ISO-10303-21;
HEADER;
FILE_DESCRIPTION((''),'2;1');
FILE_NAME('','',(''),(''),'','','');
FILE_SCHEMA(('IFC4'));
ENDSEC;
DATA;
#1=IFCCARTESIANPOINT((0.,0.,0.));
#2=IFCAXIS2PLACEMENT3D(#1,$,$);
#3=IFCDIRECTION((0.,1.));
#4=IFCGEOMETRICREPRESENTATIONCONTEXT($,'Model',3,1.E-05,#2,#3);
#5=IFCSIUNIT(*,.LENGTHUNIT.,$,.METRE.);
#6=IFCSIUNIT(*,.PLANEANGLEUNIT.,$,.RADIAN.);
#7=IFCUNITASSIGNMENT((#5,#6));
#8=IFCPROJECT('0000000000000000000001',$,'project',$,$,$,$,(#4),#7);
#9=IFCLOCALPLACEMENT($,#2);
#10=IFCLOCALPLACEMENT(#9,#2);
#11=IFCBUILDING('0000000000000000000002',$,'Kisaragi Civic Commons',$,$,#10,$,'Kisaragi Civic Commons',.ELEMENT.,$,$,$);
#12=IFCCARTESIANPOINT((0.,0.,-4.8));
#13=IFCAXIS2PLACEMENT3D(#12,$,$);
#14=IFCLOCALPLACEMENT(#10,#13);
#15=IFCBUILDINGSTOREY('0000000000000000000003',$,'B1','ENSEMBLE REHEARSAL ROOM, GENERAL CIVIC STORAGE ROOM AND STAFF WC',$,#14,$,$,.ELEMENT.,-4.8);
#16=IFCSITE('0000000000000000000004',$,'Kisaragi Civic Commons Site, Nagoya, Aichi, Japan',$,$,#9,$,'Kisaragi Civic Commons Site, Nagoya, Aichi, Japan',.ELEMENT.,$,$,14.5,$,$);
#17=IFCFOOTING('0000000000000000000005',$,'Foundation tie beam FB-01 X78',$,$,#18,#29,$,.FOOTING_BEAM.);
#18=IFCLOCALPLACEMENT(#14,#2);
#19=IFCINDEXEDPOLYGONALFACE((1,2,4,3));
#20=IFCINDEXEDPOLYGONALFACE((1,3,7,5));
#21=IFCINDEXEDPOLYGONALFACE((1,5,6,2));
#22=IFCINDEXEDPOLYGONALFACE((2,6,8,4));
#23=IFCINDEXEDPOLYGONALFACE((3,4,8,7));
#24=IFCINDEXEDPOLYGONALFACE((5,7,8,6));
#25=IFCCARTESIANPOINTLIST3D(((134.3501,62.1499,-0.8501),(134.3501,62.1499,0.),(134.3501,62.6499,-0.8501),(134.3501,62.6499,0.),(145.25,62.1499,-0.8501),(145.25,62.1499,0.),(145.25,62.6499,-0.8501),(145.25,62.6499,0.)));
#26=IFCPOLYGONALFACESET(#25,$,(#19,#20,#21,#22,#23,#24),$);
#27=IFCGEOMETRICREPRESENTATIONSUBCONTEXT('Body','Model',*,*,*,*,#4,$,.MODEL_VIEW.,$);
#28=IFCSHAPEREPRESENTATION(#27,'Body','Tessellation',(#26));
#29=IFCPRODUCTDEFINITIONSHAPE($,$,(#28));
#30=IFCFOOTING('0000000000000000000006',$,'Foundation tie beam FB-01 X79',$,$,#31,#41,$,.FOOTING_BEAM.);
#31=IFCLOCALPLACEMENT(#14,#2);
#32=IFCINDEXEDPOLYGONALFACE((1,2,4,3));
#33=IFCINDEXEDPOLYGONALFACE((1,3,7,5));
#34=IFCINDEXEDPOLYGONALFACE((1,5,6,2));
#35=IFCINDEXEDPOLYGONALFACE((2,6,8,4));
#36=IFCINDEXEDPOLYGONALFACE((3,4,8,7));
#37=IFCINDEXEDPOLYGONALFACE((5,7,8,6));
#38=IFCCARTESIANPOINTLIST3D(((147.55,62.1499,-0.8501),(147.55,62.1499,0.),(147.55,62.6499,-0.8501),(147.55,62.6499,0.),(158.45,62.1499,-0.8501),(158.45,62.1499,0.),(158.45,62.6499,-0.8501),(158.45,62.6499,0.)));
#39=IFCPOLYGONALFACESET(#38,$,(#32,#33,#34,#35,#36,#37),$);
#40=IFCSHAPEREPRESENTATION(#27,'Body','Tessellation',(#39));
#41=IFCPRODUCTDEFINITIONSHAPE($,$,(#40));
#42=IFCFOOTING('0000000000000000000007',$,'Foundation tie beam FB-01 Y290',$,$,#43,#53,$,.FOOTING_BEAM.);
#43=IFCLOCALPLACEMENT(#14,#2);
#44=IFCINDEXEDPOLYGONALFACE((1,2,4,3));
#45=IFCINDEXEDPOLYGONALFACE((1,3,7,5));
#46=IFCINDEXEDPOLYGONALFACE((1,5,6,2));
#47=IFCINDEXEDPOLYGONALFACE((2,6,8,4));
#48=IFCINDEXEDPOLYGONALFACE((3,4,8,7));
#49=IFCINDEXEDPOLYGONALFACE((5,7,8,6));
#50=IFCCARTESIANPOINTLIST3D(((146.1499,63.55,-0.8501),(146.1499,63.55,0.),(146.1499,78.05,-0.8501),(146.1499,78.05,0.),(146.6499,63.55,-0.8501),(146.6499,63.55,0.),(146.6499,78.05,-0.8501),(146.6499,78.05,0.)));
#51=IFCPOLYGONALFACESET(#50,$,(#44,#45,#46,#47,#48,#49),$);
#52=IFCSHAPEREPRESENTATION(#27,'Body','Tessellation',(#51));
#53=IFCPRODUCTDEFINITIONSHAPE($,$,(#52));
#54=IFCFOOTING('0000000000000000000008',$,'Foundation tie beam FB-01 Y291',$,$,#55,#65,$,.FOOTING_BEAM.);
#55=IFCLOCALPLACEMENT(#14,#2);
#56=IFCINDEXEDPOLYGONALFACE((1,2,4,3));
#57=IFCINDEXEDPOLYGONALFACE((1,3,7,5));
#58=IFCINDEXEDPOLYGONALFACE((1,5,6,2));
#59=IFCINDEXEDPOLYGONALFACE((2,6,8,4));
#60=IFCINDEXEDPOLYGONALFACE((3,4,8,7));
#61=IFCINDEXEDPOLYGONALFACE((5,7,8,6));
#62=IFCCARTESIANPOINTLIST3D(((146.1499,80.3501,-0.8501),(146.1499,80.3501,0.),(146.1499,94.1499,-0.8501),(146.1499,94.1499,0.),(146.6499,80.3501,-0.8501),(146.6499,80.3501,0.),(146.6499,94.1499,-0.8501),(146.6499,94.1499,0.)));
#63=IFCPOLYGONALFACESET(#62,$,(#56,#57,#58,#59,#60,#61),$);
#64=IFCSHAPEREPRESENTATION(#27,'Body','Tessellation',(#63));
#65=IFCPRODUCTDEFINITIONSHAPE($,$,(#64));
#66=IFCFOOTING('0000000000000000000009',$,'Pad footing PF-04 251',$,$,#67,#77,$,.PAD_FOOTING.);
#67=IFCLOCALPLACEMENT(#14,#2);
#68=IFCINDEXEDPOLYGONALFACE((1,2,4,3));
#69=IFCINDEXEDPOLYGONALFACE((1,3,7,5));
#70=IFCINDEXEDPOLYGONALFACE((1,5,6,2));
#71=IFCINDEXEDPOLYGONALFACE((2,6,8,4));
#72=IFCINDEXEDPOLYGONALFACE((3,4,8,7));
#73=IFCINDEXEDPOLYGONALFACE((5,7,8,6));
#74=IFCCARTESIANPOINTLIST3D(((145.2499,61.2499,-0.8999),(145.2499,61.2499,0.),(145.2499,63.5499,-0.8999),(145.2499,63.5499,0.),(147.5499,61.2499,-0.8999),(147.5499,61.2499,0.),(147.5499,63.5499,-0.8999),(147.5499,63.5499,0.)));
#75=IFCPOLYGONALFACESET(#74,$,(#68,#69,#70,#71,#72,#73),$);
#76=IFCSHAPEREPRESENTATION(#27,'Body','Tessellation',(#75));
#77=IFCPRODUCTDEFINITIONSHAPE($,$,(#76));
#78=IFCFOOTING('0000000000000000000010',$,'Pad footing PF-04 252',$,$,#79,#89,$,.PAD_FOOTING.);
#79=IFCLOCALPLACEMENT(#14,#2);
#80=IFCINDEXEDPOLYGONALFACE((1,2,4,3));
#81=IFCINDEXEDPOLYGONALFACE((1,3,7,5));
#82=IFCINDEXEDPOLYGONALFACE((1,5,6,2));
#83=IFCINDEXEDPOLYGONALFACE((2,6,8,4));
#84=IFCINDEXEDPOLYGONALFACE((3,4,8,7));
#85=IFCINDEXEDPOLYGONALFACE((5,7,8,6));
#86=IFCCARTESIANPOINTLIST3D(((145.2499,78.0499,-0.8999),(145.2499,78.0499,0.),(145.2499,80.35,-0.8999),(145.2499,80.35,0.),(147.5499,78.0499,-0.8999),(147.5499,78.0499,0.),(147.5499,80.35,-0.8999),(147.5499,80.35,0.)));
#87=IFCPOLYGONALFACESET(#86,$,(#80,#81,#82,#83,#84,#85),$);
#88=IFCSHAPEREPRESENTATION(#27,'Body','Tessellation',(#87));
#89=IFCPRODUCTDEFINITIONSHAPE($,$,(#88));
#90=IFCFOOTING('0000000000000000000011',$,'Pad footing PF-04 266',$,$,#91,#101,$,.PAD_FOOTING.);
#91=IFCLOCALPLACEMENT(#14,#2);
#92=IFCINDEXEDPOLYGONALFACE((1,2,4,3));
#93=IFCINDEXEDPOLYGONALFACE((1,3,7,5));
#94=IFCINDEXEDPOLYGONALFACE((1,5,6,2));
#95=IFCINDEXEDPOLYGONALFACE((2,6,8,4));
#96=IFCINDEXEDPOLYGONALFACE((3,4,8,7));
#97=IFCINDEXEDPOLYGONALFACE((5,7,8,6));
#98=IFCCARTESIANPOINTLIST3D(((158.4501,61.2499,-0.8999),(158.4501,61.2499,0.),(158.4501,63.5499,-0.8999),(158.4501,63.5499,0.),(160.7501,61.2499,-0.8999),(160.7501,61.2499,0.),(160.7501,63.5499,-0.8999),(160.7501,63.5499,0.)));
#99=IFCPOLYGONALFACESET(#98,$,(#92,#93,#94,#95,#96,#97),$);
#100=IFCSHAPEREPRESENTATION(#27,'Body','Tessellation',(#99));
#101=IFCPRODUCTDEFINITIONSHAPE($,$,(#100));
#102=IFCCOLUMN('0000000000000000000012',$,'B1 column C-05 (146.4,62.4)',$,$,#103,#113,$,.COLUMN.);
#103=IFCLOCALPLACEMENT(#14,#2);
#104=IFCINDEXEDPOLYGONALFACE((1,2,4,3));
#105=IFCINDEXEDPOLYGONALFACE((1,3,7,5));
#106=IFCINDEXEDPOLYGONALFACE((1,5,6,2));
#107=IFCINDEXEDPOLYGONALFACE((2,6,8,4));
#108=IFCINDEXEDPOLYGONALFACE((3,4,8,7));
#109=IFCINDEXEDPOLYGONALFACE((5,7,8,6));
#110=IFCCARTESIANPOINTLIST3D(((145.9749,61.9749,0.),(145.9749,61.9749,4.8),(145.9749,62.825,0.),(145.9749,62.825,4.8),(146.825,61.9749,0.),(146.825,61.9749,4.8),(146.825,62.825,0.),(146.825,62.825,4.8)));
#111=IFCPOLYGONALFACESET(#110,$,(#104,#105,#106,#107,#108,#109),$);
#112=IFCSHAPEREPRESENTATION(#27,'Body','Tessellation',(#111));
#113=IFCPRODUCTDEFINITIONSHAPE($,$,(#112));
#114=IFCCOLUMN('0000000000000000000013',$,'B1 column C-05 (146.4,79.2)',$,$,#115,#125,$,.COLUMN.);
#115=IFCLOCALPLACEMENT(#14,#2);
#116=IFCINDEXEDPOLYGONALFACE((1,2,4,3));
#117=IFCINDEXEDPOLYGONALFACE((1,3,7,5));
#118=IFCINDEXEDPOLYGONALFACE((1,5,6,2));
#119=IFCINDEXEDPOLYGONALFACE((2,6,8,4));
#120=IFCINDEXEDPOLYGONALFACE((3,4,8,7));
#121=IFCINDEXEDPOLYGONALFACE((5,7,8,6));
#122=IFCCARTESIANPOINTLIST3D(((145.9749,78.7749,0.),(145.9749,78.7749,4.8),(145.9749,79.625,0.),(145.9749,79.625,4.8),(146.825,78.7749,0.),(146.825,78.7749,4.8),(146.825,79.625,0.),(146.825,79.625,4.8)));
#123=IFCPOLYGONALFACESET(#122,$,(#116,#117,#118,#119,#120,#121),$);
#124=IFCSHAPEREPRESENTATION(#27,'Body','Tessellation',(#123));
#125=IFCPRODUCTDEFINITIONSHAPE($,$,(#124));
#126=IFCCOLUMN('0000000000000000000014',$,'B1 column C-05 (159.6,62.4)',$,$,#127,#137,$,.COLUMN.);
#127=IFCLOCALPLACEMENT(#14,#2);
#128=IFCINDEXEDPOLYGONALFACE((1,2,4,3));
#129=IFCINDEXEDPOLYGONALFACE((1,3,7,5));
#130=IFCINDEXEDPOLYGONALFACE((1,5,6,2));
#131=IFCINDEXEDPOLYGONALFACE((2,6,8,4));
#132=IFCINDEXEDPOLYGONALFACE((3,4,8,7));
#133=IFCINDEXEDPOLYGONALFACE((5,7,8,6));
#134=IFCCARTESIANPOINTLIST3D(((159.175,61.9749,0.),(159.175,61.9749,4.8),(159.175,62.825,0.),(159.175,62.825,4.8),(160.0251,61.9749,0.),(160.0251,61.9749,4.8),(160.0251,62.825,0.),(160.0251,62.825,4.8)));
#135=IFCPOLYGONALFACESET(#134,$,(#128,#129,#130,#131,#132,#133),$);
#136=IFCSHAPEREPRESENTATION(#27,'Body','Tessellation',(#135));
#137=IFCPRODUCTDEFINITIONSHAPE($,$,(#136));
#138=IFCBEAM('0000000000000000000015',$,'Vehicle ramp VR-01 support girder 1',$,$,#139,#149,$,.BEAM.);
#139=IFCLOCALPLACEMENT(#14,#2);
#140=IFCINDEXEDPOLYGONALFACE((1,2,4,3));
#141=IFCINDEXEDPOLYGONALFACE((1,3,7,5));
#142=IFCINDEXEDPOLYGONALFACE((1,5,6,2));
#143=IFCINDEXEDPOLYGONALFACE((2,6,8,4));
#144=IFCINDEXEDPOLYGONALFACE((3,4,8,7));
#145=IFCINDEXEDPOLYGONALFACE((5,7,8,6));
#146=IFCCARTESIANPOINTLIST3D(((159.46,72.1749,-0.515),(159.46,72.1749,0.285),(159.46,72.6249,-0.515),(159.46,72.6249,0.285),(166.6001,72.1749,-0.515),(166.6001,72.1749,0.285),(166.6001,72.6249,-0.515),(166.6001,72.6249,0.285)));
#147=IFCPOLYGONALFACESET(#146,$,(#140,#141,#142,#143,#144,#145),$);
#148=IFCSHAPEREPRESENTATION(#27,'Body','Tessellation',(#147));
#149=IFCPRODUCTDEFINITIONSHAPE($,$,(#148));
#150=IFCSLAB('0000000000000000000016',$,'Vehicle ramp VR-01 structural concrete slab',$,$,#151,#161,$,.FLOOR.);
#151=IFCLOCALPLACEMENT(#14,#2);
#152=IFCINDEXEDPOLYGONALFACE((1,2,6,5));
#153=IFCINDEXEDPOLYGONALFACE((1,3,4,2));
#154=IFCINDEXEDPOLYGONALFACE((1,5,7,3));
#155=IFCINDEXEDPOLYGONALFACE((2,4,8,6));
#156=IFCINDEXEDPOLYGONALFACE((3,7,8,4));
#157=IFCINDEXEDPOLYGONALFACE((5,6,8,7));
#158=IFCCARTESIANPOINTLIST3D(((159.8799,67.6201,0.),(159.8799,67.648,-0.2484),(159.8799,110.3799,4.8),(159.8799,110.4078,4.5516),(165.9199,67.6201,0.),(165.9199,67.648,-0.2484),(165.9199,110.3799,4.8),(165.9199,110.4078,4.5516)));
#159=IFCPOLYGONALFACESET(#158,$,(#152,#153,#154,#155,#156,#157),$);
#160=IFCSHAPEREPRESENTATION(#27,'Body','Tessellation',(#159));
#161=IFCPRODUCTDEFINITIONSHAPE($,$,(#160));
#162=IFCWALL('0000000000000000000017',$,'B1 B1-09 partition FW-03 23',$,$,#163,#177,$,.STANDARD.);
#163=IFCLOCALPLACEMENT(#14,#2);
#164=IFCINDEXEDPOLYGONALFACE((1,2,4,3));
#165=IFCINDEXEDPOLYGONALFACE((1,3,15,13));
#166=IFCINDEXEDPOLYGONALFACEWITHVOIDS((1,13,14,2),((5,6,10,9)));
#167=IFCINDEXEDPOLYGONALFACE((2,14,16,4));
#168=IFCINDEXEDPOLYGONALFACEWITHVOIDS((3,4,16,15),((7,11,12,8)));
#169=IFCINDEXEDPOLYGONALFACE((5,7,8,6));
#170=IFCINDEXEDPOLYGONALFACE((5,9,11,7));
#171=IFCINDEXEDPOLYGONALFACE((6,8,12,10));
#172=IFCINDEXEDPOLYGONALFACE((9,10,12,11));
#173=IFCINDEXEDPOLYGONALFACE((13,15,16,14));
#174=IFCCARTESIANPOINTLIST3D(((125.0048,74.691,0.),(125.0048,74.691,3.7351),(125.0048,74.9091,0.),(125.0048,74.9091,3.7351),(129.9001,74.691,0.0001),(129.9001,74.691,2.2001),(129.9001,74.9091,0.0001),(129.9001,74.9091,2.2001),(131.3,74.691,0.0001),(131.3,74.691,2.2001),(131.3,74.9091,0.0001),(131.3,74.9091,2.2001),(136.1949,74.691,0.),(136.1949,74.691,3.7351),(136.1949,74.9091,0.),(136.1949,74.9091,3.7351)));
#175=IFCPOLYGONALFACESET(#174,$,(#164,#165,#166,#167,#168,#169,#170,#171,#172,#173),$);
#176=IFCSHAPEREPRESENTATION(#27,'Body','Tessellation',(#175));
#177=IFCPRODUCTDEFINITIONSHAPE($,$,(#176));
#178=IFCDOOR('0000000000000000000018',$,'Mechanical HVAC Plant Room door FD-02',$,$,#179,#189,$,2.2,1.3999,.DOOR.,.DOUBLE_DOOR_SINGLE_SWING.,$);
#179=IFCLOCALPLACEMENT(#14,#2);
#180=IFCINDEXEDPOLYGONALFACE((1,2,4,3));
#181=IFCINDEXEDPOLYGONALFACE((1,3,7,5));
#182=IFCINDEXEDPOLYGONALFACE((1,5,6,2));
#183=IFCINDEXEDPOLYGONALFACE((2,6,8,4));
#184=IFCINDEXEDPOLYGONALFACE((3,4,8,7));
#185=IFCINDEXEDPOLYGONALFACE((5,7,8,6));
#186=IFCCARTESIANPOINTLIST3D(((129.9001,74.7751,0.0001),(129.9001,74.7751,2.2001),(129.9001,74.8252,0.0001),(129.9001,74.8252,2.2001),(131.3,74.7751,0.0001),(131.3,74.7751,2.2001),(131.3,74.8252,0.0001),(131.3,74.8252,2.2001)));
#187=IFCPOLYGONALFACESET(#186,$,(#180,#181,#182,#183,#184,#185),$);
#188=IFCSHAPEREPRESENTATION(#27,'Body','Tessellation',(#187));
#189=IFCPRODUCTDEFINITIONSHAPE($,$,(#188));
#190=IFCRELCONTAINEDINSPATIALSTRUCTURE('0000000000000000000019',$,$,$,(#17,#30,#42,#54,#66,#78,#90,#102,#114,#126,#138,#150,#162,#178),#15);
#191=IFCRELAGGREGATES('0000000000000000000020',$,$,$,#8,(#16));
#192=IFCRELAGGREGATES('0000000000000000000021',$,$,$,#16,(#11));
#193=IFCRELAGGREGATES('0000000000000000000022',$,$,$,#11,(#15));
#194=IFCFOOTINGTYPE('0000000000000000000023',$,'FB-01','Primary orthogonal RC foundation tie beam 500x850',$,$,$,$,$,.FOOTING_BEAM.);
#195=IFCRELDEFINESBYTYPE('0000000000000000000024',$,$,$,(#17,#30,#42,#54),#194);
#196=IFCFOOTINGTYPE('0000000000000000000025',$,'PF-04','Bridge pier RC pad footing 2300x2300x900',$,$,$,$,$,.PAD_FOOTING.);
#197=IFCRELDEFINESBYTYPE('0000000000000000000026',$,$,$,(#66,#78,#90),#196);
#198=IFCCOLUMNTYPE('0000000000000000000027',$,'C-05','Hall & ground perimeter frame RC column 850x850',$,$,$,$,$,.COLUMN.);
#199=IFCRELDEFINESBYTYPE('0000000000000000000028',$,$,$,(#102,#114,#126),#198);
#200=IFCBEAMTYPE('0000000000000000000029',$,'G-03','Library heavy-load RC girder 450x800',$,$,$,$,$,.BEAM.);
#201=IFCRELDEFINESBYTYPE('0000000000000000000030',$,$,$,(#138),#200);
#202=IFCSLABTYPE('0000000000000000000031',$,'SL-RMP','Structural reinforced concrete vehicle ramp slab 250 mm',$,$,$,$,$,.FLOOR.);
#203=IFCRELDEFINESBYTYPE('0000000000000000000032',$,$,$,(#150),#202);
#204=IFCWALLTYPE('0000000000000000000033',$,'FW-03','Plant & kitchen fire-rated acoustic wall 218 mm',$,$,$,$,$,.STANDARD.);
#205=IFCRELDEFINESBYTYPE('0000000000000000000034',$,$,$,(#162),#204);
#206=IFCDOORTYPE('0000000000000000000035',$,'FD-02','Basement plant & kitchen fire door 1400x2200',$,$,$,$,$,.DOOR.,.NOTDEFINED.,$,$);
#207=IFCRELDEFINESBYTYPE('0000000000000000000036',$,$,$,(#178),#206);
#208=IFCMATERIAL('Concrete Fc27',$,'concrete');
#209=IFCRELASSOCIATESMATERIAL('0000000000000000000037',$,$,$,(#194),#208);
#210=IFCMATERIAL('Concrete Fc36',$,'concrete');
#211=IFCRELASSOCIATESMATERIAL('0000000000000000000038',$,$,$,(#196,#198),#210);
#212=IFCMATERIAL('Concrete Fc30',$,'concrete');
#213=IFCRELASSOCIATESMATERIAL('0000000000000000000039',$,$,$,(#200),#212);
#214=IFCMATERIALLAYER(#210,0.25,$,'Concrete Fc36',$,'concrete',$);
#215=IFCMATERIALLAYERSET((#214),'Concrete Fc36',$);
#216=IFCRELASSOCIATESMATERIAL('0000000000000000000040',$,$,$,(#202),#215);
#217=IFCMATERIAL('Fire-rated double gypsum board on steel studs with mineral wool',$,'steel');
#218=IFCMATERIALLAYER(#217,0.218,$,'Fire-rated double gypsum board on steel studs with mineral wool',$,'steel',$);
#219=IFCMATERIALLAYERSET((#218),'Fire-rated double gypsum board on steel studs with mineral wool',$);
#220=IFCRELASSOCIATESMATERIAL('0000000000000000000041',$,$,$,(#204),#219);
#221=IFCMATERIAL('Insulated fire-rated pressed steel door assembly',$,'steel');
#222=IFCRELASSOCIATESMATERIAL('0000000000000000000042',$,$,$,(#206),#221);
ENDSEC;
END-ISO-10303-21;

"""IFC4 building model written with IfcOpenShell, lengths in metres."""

from ifc_helpers import new_model, si_unit, direction, frame, frame_2d, origin, origin_2d, place, context, subcontext, project, spatial, polyline, rectangle, outline, extrude, material, layer, layer_set, material_profile, profile_set, type_object, element, fill, save


model = new_model("IFC4")

# Units and contexts
model_context = context("Model", 3, precision=1e-05, world=origin(), true_north=direction((0.0, 1.0)))
body_context = subcontext(model_context, "Body", "Model", "MODEL_VIEW")
ifc_project = project(units=[si_unit("LENGTHUNIT", "METRE"), si_unit("PLANEANGLEUNIT", "RADIAN")], contexts=[model_context])

# Site, building, storey
site_placement = place(None, origin())
site = spatial("IfcSite", under=ifc_project, at=site_placement, Name="Kisaragi Civic Commons Site, Nagoya, Aichi, Japan", LongName="Kisaragi Civic Commons Site, Nagoya, Aichi, Japan", CompositionType="ELEMENT", RefElevation=14.5)
building_placement = place(site_placement, origin())
building = spatial("IfcBuilding", under=site, at=building_placement, Name="Kisaragi Civic Commons", LongName="Kisaragi Civic Commons", CompositionType="ELEMENT")
storey_placement = place(building_placement, frame((0.0, 0.0, -4.8)))
storey = spatial("IfcBuildingStorey", under=building, at=storey_placement, Name="B1", Description="ENSEMBLE REHEARSAL ROOM, GENERAL CIVIC STORAGE ROOM AND STAFF WC", CompositionType="ELEMENT", Elevation=-4.8)

# Footings
ifc_material_1 = material(Name="Concrete Fc27", Category="concrete")
ifc_material_profile_1 = material_profile(ifc_material_1, rectangle(XDim=0.5, YDim=0.8501, at=origin_2d()), Name="RC-500x850", Category="concrete")
ifc_profile_set_1 = profile_set([ifc_material_profile_1], Name="Concrete Fc27")
footing_type_1 = type_object("IfcFootingType", Name="FB-01", Description="Primary orthogonal RC foundation tie beam 500x850", PredefinedType="FOOTING_BEAM", material=ifc_profile_set_1)
for number, where, z_axis, x_axis, name in (
    (1, (134.3501, 62.3999, -0.425), (1.0, 0.0, 0.0), (0.0, 1.0, 0.0), "Foundation tie beam FB-01 X78"),
    (2, (147.55, 62.3999, -0.425), (1.0, 0.0, 0.0), (0.0, 1.0, 0.0), "Foundation tie beam FB-01 X79"),
):
    element("IfcFooting", number, at=place(storey_placement, frame(where, z_axis=z_axis, x_axis=x_axis)), inside=storey, type_object=footing_type_1, Name=name, PredefinedType="FOOTING_BEAM", context=body_context, shape_type="SweptSolid", body=[
        extrude(rectangle(XDim=0.5, YDim=0.8501, at=origin_2d()), origin(), (0.0, 0.0, 1.0), 10.8999),
    ])
footing_1_placement = place(storey_placement, frame((146.3999, 63.55, -0.425), z_axis=(0.0, 1.0, 0.0), x_axis=(-1.0, 0.0, 0.0)))
element("IfcFooting", 3, at=footing_1_placement, inside=storey, type_object=footing_type_1, Name="Foundation tie beam FB-01 Y290", PredefinedType="FOOTING_BEAM", context=body_context, shape_type="SweptSolid", body=[
    extrude(rectangle(XDim=0.5, YDim=0.8501, at=origin_2d()), origin(), (0.0, 0.0, 1.0), 14.5),
])
footing_2_placement = place(storey_placement, frame((146.3999, 80.3501, -0.425), z_axis=(0.0, 1.0, 0.0), x_axis=(-1.0, 0.0, 0.0)))
element("IfcFooting", 4, at=footing_2_placement, inside=storey, type_object=footing_type_1, Name="Foundation tie beam FB-01 Y291", PredefinedType="FOOTING_BEAM", context=body_context, shape_type="SweptSolid", body=[
    extrude(rectangle(XDim=0.5, YDim=0.8501, at=origin_2d()), origin(), (0.0, 0.0, 1.0), 13.7998),
])
ifc_material_2 = material(Name="Concrete Fc36", Category="concrete")
footing_type_2 = type_object("IfcFootingType", Name="PF-04", Description="Bridge pier RC pad footing 2300x2300x900", PredefinedType="PAD_FOOTING", material=ifc_material_2)
for number, where, z_axis, x_axis, name in (
    (5, (146.3999, 62.3999, -0.8999), (0.0, 0.0, 1.0), (1.0, 0.0, 0.0), "Pad footing PF-04 251"),
    (6, (146.3999, 79.2, -0.8999), (0.0, 0.0, 1.0), (1.0, 0.0, 0.0), "Pad footing PF-04 252"),
    (7, (159.6001, 62.3999, -0.8999), (0.0, 0.0, 1.0), (1.0, 0.0, 0.0), "Pad footing PF-04 266"),
):
    element("IfcFooting", number, at=place(storey_placement, frame(where, z_axis=z_axis, x_axis=x_axis)), inside=storey, type_object=footing_type_2, Name=name, PredefinedType="PAD_FOOTING", context=body_context, shape_type="SweptSolid", body=[
        extrude(rectangle(XDim=2.3, YDim=2.3, at=origin_2d()), origin(), (0.0, 0.0, 1.0), 0.8999),
    ])

# Columns
ifc_material_profile_2 = material_profile(ifc_material_2, rectangle(XDim=0.8501, YDim=0.8501, at=origin_2d()), Name="RC-850x850", Category="concrete")
ifc_profile_set_2 = profile_set([ifc_material_profile_2], Name="Concrete Fc36")
column_type = type_object("IfcColumnType", Name="C-05", Description="Hall & ground perimeter frame RC column 850x850", PredefinedType="COLUMN", material=ifc_profile_set_2)
for number, where, z_axis, x_axis, name in (
    (8, (146.3999, 62.3999, 0.0), (0.0, 0.0, 1.0), (1.0, 0.0, 0.0), "B1 column C-05 (146.4,62.4)"),
    (9, (146.3999, 79.2, 0.0), (0.0, 0.0, 1.0), (1.0, 0.0, 0.0), "B1 column C-05 (146.4,79.2)"),
    (10, (159.6001, 62.3999, 0.0), (0.0, 0.0, 1.0), (1.0, 0.0, 0.0), "B1 column C-05 (159.6,62.4)"),
):
    element("IfcColumn", number, at=place(storey_placement, frame(where, z_axis=z_axis, x_axis=x_axis)), inside=storey, type_object=column_type, Name=name, PredefinedType="COLUMN", context=body_context, shape_type="SweptSolid", body=[
        extrude(rectangle(XDim=0.8501, YDim=0.8501, at=origin_2d()), origin(), (0.0, 0.0, 1.0), 4.8),
    ])

# Beam
ifc_material_3 = material(Name="Concrete Fc30", Category="concrete")
ifc_material_profile_3 = material_profile(ifc_material_3, rectangle(XDim=0.45, YDim=0.8, at=origin_2d()), Name="RC-450x800", Category="concrete")
ifc_profile_set_3 = profile_set([ifc_material_profile_3], Name="Concrete Fc30")
beam_type = type_object("IfcBeamType", Name="G-03", Description="Library heavy-load RC girder 450x800", PredefinedType="BEAM", material=ifc_profile_set_3)
beam_placement = place(storey_placement, frame((159.46, 72.3999, -0.115), z_axis=(1.0, 0.0, 0.0), x_axis=(0.0, 1.0, 0.0)))
element("IfcBeam", 11, at=beam_placement, inside=storey, type_object=beam_type, Name="Vehicle ramp VR-01 support girder 1", PredefinedType="BEAM", context=body_context, shape_type="SweptSolid", body=[
    extrude(rectangle(XDim=0.45, YDim=0.8, at=origin_2d()), origin(), (0.0, 0.0, 1.0), 7.1401),
])

# Slab
ifc_layer_1 = layer(ifc_material_2, 0.25, Name="Concrete Fc36", Category="concrete")
ifc_layer_set_1 = layer_set([ifc_layer_1], Name="Concrete Fc36")
slab_type = type_object("IfcSlabType", Name="SL-RMP", Description="Structural reinforced concrete vehicle ramp slab 250 mm", PredefinedType="FLOOR", material=ifc_layer_set_1)
slab_placement = place(storey_placement, frame((159.8799, 67.6201, 0.0), z_axis=(0.0, -0.111556, 0.993758), x_axis=(1.0, 0.0, 0.0)))
element("IfcSlab", 12, at=slab_placement, inside=storey, type_object=slab_type, Name="Vehicle ramp VR-01 structural concrete slab", PredefinedType="FLOOR", context=body_context, shape_type="SweptSolid", body=[
    extrude(outline(polyline([(0.0, 0.0), (6.04, 0.0), (6.04, 43.0283), (0.0, 43.0283), (0.0, 0.0)])), origin(), (0.0, 0.0, -1.0), 0.25),
])

# Wall, opening, door
ifc_material_4 = material(Name="Fire-rated double gypsum board on steel studs with mineral wool", Category="steel")
ifc_layer_2 = layer(ifc_material_4, 0.218, Name="Fire-rated double gypsum board on steel studs with mineral wool", Category="steel")
ifc_layer_set_2 = layer_set([ifc_layer_2], Name="Fire-rated double gypsum board on steel studs with mineral wool")
wall_type_1 = type_object("IfcWallType", Name="FW-03", Description="Plant & kitchen fire-rated acoustic wall 218 mm", PredefinedType="STANDARD", material=ifc_layer_set_2)
wall_1_placement = place(storey_placement, frame((136.1951, 74.8, 0.0), z_axis=(0.0, 0.0, 1.0), x_axis=(-1.0, 0.0, 0.0)))
wall_1 = element("IfcWall", 13, at=wall_1_placement, inside=storey, type_object=wall_type_1, Name="B1 B1-09 partition FW-03 23", PredefinedType="STANDARD", context=body_context, shape_type="SweptSolid", body=[
    extrude(rectangle(XDim=11.1902, YDim=0.218, at=frame_2d((5.5952, 0.0))), origin(), (0.0, 0.0, 1.0), 3.7351),
])
opening_1_placement = place(wall_1_placement, frame((4.895, 0.0, 0.0)))
opening_1 = element("IfcOpeningElement", 14, at=opening_1_placement, cuts=wall_1, PredefinedType="OPENING", context=body_context, shape_type="SweptSolid", body=[
    extrude(rectangle(XDim=1.3999, YDim=2.2, at=frame_2d((0.7, 1.1001))), frame((0.0, 0.1189, 0.0), z_axis=(0.0, -1.0, 0.0), x_axis=(1.0, 0.0, 0.0)), (0.0, 0.0, 1.0), 0.238),
])
ifc_material_5 = material(Name="Insulated fire-rated pressed steel door assembly", Category="steel")
door_type_1 = type_object("IfcDoorType", Name="FD-02", Description="Basement plant & kitchen fire door 1400x2200", OperationType="NOTDEFINED", PredefinedType="DOOR", material=ifc_material_5)
door_1_placement = place(opening_1_placement, origin())
door_1 = element("IfcDoor", 15, at=door_1_placement, inside=storey, type_object=door_type_1, Name="Mechanical HVAC Plant Room door FD-02", OperationType="DOUBLE_DOOR_SINGLE_SWING", OverallHeight=2.2, OverallWidth=1.3999, PredefinedType="DOOR", context=body_context, shape_type="SweptSolid", body=[
    extrude(rectangle(XDim=1.3999, YDim=2.2, at=frame_2d((0.7, 1.1001))), frame((0.0, 0.0249, 0.0), z_axis=(0.0, -1.0, 0.0), x_axis=(1.0, 0.0, 0.0)), (0.0, 0.0, 1.0), 0.05),
])
fill(opening_1, door_1)

save(model, "model.ifc")
